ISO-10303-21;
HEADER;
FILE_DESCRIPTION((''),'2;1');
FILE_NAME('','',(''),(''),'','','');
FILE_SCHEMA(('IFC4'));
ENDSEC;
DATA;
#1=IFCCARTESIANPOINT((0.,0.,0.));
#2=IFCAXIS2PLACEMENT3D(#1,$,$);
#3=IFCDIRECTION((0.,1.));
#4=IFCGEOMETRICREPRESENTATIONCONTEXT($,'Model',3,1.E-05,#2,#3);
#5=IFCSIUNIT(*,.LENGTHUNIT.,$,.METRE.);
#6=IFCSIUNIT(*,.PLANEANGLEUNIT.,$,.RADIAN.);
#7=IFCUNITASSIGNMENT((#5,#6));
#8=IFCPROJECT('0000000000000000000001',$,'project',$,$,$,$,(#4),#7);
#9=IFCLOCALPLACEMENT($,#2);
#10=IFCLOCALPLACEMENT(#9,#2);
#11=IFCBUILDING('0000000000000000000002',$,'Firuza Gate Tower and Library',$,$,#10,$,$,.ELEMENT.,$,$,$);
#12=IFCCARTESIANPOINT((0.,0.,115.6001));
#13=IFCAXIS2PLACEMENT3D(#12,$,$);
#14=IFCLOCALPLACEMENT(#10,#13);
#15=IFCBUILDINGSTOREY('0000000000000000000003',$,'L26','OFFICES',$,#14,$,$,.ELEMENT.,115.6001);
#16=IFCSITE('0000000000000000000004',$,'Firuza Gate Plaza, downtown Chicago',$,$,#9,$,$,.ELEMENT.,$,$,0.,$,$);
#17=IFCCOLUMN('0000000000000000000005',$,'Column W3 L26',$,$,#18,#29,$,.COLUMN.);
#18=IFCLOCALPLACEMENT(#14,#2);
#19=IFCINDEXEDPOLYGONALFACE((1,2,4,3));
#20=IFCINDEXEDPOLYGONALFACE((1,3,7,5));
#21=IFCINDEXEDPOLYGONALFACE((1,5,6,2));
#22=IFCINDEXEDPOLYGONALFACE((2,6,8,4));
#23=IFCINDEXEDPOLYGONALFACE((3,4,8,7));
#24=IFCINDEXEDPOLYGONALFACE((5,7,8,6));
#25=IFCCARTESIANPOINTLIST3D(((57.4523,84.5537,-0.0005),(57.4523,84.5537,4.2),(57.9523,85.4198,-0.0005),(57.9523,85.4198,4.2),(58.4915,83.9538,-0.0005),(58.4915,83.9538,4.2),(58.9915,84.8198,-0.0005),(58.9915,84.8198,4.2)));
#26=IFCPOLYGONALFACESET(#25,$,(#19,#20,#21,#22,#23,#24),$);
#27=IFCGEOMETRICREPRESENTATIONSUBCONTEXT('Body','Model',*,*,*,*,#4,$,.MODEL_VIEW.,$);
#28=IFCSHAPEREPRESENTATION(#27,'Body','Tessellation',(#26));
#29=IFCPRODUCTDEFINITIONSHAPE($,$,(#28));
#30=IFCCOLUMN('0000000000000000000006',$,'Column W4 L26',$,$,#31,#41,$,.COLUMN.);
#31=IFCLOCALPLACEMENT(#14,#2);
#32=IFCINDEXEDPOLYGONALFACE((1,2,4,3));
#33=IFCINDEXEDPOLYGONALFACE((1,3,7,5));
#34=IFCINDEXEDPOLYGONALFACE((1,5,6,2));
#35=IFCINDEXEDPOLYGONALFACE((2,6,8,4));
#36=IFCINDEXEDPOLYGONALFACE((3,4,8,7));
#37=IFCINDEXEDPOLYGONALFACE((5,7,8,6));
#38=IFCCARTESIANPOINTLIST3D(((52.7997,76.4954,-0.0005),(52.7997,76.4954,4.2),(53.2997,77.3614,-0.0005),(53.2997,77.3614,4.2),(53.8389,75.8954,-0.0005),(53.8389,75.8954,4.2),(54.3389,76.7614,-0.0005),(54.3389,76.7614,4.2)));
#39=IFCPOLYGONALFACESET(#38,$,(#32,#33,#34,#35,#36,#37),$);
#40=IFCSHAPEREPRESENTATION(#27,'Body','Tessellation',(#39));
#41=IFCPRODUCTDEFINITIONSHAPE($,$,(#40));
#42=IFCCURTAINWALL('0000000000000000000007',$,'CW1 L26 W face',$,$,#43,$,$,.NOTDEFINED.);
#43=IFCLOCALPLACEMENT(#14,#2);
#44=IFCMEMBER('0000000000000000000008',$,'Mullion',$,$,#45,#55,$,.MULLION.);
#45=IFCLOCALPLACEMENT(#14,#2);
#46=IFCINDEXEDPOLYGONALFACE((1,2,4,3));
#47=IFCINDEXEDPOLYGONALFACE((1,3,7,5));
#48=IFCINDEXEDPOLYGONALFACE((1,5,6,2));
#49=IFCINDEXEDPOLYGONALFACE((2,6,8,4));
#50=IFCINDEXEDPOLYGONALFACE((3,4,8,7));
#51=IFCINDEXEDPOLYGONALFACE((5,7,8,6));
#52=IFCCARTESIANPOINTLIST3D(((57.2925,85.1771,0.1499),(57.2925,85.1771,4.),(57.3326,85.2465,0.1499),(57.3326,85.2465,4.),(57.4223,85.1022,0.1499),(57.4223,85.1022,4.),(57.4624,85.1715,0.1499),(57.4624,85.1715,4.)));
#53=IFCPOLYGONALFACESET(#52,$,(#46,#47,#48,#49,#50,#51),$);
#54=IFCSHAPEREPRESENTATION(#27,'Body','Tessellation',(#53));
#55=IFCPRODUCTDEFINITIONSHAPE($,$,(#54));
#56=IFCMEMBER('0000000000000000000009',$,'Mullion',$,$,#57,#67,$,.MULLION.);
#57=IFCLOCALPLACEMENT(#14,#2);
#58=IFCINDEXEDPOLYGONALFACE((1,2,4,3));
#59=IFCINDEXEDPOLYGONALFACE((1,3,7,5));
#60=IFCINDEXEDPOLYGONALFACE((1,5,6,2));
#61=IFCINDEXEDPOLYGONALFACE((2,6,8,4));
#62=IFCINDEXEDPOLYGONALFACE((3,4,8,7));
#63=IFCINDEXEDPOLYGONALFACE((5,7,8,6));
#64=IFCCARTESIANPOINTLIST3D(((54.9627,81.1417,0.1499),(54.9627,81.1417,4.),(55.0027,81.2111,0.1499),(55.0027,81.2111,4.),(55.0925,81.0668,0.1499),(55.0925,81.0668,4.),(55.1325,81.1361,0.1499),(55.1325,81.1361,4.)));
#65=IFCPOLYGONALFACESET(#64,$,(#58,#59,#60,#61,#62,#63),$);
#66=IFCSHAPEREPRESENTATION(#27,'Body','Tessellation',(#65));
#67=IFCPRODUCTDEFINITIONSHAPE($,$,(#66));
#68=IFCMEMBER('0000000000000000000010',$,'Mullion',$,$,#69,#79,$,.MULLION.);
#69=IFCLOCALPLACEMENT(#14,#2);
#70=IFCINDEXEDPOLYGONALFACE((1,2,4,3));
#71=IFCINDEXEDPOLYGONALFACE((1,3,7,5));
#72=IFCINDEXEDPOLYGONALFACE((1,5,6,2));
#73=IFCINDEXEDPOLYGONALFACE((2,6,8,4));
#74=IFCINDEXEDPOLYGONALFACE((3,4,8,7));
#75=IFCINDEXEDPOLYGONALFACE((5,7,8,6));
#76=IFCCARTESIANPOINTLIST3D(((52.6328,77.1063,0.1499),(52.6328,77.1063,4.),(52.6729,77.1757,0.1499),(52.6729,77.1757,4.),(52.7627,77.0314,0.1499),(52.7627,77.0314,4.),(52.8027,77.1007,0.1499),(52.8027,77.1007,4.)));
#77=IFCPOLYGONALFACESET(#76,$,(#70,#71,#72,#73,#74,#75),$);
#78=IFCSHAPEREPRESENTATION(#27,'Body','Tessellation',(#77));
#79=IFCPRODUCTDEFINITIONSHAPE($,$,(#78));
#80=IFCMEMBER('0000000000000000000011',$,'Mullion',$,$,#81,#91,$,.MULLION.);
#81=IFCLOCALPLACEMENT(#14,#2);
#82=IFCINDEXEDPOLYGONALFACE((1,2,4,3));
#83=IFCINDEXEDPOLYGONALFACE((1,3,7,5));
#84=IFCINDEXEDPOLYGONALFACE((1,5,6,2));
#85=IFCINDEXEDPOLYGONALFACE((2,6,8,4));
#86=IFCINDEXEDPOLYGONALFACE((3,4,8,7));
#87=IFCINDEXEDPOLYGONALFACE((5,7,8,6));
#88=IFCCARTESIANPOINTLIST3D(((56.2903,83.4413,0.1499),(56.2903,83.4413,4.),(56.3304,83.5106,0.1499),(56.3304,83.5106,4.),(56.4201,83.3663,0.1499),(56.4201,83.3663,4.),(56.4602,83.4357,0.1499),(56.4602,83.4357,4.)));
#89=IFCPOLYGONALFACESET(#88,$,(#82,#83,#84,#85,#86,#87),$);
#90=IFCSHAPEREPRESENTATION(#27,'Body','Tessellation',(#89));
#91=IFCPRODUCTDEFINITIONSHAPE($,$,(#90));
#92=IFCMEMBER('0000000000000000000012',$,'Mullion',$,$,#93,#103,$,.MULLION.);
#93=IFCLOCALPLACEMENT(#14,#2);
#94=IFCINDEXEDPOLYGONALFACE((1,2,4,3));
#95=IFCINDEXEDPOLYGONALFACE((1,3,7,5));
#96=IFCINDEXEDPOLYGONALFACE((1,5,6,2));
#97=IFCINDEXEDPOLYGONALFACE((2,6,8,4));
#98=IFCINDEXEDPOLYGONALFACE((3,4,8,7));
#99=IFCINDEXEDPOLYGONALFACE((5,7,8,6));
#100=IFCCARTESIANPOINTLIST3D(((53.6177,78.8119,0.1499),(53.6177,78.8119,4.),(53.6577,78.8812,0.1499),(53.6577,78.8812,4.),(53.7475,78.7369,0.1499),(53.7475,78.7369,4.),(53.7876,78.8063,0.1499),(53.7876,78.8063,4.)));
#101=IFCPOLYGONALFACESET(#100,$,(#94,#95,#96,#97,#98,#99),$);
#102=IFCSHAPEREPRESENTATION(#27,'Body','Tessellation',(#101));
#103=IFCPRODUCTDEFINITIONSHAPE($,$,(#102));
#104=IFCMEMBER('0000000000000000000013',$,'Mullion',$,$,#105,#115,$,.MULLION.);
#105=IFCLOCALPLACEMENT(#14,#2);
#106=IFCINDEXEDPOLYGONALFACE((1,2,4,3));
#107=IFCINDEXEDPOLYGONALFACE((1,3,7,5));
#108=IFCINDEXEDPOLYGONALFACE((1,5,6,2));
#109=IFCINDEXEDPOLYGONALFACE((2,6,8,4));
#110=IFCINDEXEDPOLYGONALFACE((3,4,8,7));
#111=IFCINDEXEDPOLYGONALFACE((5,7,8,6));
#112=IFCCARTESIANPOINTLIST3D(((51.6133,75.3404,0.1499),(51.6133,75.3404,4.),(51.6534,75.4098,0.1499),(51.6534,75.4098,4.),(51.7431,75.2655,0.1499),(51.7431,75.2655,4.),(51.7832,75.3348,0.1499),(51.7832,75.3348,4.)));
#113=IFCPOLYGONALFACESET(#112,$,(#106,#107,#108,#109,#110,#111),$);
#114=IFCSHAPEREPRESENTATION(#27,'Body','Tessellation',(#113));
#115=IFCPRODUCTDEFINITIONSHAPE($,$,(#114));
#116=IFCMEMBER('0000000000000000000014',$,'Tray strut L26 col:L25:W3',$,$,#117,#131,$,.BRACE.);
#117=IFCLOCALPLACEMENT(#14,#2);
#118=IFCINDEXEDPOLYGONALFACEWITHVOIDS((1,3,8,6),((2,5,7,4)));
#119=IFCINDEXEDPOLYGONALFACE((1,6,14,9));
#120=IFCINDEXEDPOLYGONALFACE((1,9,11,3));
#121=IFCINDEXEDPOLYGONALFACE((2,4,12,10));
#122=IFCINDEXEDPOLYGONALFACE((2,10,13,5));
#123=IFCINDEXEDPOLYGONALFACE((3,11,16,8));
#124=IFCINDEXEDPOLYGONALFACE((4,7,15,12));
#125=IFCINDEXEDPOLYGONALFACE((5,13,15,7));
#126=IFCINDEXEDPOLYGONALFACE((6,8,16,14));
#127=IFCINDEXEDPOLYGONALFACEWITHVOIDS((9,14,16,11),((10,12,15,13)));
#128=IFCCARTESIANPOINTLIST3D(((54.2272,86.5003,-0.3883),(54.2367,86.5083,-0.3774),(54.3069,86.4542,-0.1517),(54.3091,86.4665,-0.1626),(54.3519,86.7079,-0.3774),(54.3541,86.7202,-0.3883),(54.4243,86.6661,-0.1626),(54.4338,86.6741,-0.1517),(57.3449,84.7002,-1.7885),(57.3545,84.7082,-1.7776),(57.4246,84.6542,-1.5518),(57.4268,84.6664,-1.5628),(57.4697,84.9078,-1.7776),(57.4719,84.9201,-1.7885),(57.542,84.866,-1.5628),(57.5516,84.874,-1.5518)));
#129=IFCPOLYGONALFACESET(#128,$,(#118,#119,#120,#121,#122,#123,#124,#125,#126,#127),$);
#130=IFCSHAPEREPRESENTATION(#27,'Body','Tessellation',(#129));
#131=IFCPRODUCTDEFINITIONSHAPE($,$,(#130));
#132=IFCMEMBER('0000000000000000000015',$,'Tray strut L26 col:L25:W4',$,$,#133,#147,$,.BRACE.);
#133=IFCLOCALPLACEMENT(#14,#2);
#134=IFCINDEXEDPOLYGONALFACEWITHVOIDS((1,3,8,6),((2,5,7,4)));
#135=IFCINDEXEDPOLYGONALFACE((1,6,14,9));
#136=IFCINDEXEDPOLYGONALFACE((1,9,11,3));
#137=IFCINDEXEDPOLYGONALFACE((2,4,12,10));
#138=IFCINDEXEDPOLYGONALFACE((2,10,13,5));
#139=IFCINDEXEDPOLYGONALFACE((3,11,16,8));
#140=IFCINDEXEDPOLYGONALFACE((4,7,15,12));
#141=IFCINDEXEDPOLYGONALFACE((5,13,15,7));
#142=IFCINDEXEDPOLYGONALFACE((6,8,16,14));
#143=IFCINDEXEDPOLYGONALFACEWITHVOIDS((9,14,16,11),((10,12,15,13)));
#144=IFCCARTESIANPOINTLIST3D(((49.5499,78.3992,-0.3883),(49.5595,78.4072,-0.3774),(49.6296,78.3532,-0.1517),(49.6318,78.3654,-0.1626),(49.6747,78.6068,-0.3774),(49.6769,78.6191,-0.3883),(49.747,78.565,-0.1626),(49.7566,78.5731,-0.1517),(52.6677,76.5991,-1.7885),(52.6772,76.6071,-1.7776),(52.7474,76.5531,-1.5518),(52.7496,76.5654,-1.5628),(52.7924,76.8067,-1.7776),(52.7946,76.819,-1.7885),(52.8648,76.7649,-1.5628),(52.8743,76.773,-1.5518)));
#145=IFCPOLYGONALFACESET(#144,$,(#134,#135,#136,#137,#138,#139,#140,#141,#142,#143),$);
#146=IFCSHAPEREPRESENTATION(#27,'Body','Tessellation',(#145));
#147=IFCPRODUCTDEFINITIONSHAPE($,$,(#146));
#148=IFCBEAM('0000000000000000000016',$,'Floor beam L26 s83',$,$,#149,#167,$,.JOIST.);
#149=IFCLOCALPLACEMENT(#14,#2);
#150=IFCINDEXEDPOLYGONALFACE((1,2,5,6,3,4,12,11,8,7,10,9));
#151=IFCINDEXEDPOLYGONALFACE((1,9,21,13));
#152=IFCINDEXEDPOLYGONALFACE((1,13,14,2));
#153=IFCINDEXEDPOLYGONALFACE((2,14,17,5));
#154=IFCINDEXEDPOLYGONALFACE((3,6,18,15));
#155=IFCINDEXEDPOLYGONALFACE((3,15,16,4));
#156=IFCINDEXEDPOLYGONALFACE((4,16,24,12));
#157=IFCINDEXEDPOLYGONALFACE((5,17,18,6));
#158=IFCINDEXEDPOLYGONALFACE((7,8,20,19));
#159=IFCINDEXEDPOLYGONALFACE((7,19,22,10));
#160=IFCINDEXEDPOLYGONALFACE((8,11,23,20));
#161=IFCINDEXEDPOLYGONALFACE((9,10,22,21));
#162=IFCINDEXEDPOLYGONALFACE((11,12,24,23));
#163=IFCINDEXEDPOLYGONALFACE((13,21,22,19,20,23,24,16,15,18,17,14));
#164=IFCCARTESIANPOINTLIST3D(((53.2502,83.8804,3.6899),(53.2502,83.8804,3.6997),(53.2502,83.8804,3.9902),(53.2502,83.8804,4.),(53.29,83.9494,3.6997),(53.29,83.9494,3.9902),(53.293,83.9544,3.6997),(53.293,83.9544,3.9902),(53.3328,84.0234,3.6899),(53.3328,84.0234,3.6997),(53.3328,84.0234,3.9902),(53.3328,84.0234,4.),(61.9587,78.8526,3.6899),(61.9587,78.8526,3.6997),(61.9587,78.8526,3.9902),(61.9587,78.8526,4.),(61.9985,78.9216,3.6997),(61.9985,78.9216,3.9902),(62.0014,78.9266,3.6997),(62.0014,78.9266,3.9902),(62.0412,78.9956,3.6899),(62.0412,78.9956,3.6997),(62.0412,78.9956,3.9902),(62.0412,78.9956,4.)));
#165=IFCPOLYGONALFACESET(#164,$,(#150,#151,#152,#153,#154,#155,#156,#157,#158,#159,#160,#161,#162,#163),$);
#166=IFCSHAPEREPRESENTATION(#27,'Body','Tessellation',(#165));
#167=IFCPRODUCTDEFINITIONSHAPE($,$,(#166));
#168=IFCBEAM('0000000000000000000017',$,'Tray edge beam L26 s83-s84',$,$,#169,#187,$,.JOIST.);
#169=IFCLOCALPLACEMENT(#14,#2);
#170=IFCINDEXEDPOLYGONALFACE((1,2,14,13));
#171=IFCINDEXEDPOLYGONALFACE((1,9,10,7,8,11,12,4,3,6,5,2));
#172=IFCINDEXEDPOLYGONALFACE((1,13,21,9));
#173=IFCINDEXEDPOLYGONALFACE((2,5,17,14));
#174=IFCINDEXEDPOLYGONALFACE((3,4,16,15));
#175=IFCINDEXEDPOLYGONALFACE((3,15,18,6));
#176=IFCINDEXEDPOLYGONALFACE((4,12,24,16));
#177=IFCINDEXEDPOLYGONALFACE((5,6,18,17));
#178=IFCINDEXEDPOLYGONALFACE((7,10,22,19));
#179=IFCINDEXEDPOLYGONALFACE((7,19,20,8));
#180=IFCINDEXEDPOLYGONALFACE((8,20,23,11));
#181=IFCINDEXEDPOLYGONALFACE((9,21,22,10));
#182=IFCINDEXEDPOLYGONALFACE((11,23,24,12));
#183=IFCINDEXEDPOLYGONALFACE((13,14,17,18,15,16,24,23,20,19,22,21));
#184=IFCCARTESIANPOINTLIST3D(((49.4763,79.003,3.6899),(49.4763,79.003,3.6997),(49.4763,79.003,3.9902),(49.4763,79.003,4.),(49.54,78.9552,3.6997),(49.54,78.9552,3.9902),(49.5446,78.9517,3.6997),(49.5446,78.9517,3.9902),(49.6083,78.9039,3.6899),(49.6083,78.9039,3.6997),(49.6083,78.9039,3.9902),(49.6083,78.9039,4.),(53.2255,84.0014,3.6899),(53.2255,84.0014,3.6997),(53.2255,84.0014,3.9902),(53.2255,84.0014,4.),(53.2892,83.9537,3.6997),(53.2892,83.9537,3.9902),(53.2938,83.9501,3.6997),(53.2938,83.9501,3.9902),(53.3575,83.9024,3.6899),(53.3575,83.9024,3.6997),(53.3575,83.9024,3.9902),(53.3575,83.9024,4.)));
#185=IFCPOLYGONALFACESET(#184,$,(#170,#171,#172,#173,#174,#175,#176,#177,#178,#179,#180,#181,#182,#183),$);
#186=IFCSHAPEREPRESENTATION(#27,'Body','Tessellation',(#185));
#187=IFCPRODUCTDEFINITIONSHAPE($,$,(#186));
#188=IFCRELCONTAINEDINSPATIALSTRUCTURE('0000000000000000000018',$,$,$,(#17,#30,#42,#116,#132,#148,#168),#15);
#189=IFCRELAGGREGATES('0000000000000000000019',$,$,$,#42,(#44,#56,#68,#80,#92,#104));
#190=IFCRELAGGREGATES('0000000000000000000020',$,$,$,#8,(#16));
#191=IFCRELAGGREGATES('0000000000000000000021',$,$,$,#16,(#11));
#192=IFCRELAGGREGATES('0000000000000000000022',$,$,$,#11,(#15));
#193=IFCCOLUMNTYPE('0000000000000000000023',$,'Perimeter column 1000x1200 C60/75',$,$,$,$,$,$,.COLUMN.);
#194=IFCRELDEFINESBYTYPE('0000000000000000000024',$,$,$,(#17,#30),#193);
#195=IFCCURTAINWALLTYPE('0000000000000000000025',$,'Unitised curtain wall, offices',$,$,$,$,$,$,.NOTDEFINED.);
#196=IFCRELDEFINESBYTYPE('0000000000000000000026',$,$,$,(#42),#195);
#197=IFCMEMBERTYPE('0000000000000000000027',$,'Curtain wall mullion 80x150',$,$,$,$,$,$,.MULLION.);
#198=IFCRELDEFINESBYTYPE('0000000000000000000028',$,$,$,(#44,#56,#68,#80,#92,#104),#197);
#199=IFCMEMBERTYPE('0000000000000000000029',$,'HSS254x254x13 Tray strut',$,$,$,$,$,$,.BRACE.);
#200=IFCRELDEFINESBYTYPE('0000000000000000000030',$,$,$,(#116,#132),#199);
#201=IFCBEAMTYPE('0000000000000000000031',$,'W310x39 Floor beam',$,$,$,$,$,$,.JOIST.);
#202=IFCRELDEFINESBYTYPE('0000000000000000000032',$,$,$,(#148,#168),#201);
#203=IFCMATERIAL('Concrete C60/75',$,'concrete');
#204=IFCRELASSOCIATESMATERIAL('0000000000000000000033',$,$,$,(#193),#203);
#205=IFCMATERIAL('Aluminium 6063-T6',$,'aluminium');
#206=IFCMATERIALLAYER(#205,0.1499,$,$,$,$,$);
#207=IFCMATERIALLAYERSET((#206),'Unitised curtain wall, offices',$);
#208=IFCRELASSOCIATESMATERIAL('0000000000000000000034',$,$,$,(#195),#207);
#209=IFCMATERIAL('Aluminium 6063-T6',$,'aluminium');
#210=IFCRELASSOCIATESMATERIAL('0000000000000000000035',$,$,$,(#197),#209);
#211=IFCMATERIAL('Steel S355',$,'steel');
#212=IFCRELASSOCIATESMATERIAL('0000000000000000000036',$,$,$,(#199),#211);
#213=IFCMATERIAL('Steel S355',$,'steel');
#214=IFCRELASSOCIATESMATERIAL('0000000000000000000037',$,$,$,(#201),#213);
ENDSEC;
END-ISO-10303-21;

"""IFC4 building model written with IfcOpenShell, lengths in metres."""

from ifc_helpers import new_model, si_unit, direction, frame, origin, origin_2d, place, context, subcontext, project, spatial, rectangle, hollow_rectangle, i_section, extrude, material, layer, layer_set, material_profile, profile_set, type_object, element, aggregate, save


model = new_model("IFC4")

# Units and contexts
model_context = context("Model", 3, precision=1e-05, world=origin(), true_north=direction((0.0, 1.0)))
body_context = subcontext(model_context, "Body", "Model", "MODEL_VIEW")
ifc_project = project(units=[si_unit("LENGTHUNIT", "METRE"), si_unit("PLANEANGLEUNIT", "RADIAN")], contexts=[model_context])

# Site, building, storey
site_placement = place(None, origin())
site = spatial("IfcSite", under=ifc_project, at=site_placement, Name="Firuza Gate Plaza, downtown Chicago", CompositionType="ELEMENT", RefElevation=0.0)
building_placement = place(site_placement, origin())
building = spatial("IfcBuilding", under=site, at=building_placement, Name="Firuza Gate Tower and Library", CompositionType="ELEMENT")
storey_placement = place(building_placement, frame((0.0, 0.0, 115.6001)))
storey = spatial("IfcBuildingStorey", under=building, at=storey_placement, Name="L26", Description="OFFICES", CompositionType="ELEMENT", Elevation=115.6001)

# Columns
ifc_material_1 = material(Name="Concrete C60/75", Category="concrete")
ifc_material_profile_1 = material_profile(ifc_material_1, rectangle(XDim=1.0, YDim=1.2, at=origin_2d()))
ifc_profile_set_1 = profile_set([ifc_material_profile_1], Name="Concrete C60/75")
column_type = type_object("IfcColumnType", Name="Perimeter column 1000x1200 C60/75", PredefinedType="COLUMN", material=ifc_profile_set_1)
for number, where, z_axis, x_axis, name in (
    (1, (58.2219, 84.6868, -0.0005), (0.0, 0.0, 1.0), (-0.5, -0.866025, 0.0), "Column W3 L26"),
    (2, (53.5693, 76.6284, -0.0005), (0.0, 0.0, 1.0), (-0.5, -0.866025, 0.0), "Column W4 L26"),
):
    element("IfcColumn", number, at=place(storey_placement, frame(where, z_axis=z_axis, x_axis=x_axis)), inside=storey, type_object=column_type, Name=name, PredefinedType="COLUMN", context=body_context, shape_type="SweptSolid", body=[
        extrude(rectangle(XDim=1.0, YDim=1.2, at=origin_2d()), origin(), (0.0, 0.0, 1.0), 4.2004),
    ])

# Curtain wall, members
ifc_material_2 = material(Name="Aluminium 6063-T6", Category="aluminium")
ifc_layer_1 = layer(ifc_material_2, 0.1499)
ifc_layer_set_1 = layer_set([ifc_layer_1], Name="Unitised curtain wall, offices")
curtain_wall_type = type_object("IfcCurtainWallType", Name="Unitised curtain wall, offices", PredefinedType="NOTDEFINED", material=ifc_layer_set_1)
curtain_wall_placement = place(storey_placement, origin())
curtain_wall = element("IfcCurtainWall", 3, at=curtain_wall_placement, inside=storey, type_object=curtain_wall_type, Name="CW1 L26 W face", PredefinedType="NOTDEFINED")
ifc_material_3 = material(Name="Aluminium 6063-T6", Category="aluminium")
ifc_material_profile_2 = material_profile(ifc_material_3, rectangle(XDim=0.1499, YDim=0.0801, at=origin_2d()))
ifc_profile_set_2 = profile_set([ifc_material_profile_2], Name="Aluminium 6063-T6")
member_type_1 = type_object("IfcMemberType", Name="Curtain wall mullion 80x150", PredefinedType="MULLION", material=ifc_profile_set_2)
member_1_placement = place(storey_placement, frame((57.3774, 85.1743, 0.1499), z_axis=(0.0, 0.0, 1.0), x_axis=(0.866025, -0.5, 0.0)))
member_1 = element("IfcMember", 4, at=member_1_placement, type_object=member_type_1, Name="Mullion", PredefinedType="MULLION", context=body_context, shape_type="SweptSolid", body=[
    extrude(rectangle(XDim=0.1499, YDim=0.0801, at=origin_2d()), origin(), (0.0, 0.0, 1.0), 3.8501),
])
member_2_placement = place(storey_placement, frame((55.0476, 81.1389, 0.1499), z_axis=(0.0, 0.0, 1.0), x_axis=(0.866025, -0.5, 0.0)))
member_2 = element("IfcMember", 5, at=member_2_placement, type_object=member_type_1, Name="Mullion", PredefinedType="MULLION", context=body_context, shape_type="SweptSolid", body=[
    extrude(rectangle(XDim=0.1499, YDim=0.0801, at=origin_2d()), origin(), (0.0, 0.0, 1.0), 3.8501),
])
member_3_placement = place(storey_placement, frame((52.7178, 77.1035, 0.1499), z_axis=(0.0, 0.0, 1.0), x_axis=(0.866025, -0.5, 0.0)))
member_3 = element("IfcMember", 6, at=member_3_placement, type_object=member_type_1, Name="Mullion", PredefinedType="MULLION", context=body_context, shape_type="SweptSolid", body=[
    extrude(rectangle(XDim=0.1499, YDim=0.0801, at=origin_2d()), origin(), (0.0, 0.0, 1.0), 3.8501),
])
member_4_placement = place(storey_placement, frame((56.3752, 83.4385, 0.1499), z_axis=(0.0, 0.0, 1.0), x_axis=(0.866025, -0.5, 0.0)))
member_4 = element("IfcMember", 7, at=member_4_placement, type_object=member_type_1, Name="Mullion", PredefinedType="MULLION", context=body_context, shape_type="SweptSolid", body=[
    extrude(rectangle(XDim=0.1499, YDim=0.0801, at=origin_2d()), origin(), (0.0, 0.0, 1.0), 3.8501),
])
member_5_placement = place(storey_placement, frame((53.7026, 78.8091, 0.1499), z_axis=(0.0, 0.0, 1.0), x_axis=(0.866025, -0.5, 0.0)))
member_5 = element("IfcMember", 8, at=member_5_placement, type_object=member_type_1, Name="Mullion", PredefinedType="MULLION", context=body_context, shape_type="SweptSolid", body=[
    extrude(rectangle(XDim=0.1499, YDim=0.0801, at=origin_2d()), origin(), (0.0, 0.0, 1.0), 3.8501),
])
member_6_placement = place(storey_placement, frame((51.6982, 75.3376, 0.1499), z_axis=(0.0, 0.0, 1.0), x_axis=(0.866025, -0.5, 0.0)))
member_6 = element("IfcMember", 9, at=member_6_placement, type_object=member_type_1, Name="Mullion", PredefinedType="MULLION", context=body_context, shape_type="SweptSolid", body=[
    extrude(rectangle(XDim=0.1499, YDim=0.0801, at=origin_2d()), origin(), (0.0, 0.0, 1.0), 3.8501),
])

# Members
ifc_material_4 = material(Name="Steel S355", Category="steel")
ifc_material_profile_3 = material_profile(ifc_material_4, hollow_rectangle(XDim=0.2539, YDim=0.2539, WallThickness=0.0117, at=origin_2d()))
ifc_profile_set_3 = profile_set([ifc_material_profile_3], Name="Steel S355")
member_type_2 = type_object("IfcMemberType", Name="HSS254x254x13 Tray strut", PredefinedType="BRACE", material=ifc_profile_set_3)
for number, where, z_axis, x_axis, name in (
    (10, (57.4482, 84.7871, -1.6702), (-0.807122, 0.466007, 0.362478), (-0.500012, -0.866018, 0.0), "Tray strut L26 col:L25:W3"),
    (11, (52.771, 76.686, -1.6702), (-0.807122, 0.466007, 0.362478), (-0.500012, -0.866018, 0.0), "Tray strut L26 col:L25:W4"),
):
    element("IfcMember", number, at=place(storey_placement, frame(where, z_axis=z_axis, x_axis=x_axis)), inside=storey, type_object=member_type_2, Name=name, PredefinedType="BRACE", context=body_context, shape_type="SweptSolid", body=[
        extrude(hollow_rectangle(XDim=0.2539, YDim=0.2539, WallThickness=0.0117, at=origin_2d()), origin(), (0.0, 0.0, 1.0), 3.8628),
    ])

# Beams
ifc_material_5 = material(Name="Steel S355", Category="steel")
ifc_material_profile_4 = material_profile(ifc_material_5, i_section(OverallWidth=0.165, OverallDepth=0.3101, WebThickness=0.0059, FlangeThickness=0.0098, at=origin_2d()))
ifc_profile_set_4 = profile_set([ifc_material_profile_4], Name="Steel S355")
beam_type_1 = type_object("IfcBeamType", Name="W310x39 Floor beam", PredefinedType="JOIST", material=ifc_profile_set_4)
beam_1_placement = place(storey_placement, frame((53.2915, 83.9519, 3.845), z_axis=(0.866026, -0.499998, 0.0), x_axis=(0.499998, 0.866026, 0.0)))
element("IfcBeam", 12, at=beam_1_placement, inside=storey, type_object=beam_type_1, Name="Floor beam L26 s83", PredefinedType="JOIST", context=body_context, shape_type="SweptSolid", body=[
    extrude(i_section(OverallWidth=0.165, OverallDepth=0.3101, WebThickness=0.0059, FlangeThickness=0.0098, at=origin_2d()), origin(), (0.0, 0.0, 1.0), 10.0557),
])
beam_2_placement = place(storey_placement, frame((53.2915, 83.9519, 3.845), z_axis=(-0.600038, -0.799972, 0.0), x_axis=(0.799972, -0.600038, 0.0)))
element("IfcBeam", 13, at=beam_2_placement, inside=storey, type_object=beam_type_1, Name="Tray edge beam L26 s83-s84", PredefinedType="JOIST", context=body_context, shape_type="SweptSolid", body=[
    extrude(i_section(OverallWidth=0.165, OverallDepth=0.3101, WebThickness=0.0059, FlangeThickness=0.0098, at=origin_2d()), origin(), (0.0, 0.0, 1.0), 6.2483),
])

aggregate(curtain_wall, [member_1, member_2, member_3, member_4, member_5, member_6])

save(model, "model.ifc")
